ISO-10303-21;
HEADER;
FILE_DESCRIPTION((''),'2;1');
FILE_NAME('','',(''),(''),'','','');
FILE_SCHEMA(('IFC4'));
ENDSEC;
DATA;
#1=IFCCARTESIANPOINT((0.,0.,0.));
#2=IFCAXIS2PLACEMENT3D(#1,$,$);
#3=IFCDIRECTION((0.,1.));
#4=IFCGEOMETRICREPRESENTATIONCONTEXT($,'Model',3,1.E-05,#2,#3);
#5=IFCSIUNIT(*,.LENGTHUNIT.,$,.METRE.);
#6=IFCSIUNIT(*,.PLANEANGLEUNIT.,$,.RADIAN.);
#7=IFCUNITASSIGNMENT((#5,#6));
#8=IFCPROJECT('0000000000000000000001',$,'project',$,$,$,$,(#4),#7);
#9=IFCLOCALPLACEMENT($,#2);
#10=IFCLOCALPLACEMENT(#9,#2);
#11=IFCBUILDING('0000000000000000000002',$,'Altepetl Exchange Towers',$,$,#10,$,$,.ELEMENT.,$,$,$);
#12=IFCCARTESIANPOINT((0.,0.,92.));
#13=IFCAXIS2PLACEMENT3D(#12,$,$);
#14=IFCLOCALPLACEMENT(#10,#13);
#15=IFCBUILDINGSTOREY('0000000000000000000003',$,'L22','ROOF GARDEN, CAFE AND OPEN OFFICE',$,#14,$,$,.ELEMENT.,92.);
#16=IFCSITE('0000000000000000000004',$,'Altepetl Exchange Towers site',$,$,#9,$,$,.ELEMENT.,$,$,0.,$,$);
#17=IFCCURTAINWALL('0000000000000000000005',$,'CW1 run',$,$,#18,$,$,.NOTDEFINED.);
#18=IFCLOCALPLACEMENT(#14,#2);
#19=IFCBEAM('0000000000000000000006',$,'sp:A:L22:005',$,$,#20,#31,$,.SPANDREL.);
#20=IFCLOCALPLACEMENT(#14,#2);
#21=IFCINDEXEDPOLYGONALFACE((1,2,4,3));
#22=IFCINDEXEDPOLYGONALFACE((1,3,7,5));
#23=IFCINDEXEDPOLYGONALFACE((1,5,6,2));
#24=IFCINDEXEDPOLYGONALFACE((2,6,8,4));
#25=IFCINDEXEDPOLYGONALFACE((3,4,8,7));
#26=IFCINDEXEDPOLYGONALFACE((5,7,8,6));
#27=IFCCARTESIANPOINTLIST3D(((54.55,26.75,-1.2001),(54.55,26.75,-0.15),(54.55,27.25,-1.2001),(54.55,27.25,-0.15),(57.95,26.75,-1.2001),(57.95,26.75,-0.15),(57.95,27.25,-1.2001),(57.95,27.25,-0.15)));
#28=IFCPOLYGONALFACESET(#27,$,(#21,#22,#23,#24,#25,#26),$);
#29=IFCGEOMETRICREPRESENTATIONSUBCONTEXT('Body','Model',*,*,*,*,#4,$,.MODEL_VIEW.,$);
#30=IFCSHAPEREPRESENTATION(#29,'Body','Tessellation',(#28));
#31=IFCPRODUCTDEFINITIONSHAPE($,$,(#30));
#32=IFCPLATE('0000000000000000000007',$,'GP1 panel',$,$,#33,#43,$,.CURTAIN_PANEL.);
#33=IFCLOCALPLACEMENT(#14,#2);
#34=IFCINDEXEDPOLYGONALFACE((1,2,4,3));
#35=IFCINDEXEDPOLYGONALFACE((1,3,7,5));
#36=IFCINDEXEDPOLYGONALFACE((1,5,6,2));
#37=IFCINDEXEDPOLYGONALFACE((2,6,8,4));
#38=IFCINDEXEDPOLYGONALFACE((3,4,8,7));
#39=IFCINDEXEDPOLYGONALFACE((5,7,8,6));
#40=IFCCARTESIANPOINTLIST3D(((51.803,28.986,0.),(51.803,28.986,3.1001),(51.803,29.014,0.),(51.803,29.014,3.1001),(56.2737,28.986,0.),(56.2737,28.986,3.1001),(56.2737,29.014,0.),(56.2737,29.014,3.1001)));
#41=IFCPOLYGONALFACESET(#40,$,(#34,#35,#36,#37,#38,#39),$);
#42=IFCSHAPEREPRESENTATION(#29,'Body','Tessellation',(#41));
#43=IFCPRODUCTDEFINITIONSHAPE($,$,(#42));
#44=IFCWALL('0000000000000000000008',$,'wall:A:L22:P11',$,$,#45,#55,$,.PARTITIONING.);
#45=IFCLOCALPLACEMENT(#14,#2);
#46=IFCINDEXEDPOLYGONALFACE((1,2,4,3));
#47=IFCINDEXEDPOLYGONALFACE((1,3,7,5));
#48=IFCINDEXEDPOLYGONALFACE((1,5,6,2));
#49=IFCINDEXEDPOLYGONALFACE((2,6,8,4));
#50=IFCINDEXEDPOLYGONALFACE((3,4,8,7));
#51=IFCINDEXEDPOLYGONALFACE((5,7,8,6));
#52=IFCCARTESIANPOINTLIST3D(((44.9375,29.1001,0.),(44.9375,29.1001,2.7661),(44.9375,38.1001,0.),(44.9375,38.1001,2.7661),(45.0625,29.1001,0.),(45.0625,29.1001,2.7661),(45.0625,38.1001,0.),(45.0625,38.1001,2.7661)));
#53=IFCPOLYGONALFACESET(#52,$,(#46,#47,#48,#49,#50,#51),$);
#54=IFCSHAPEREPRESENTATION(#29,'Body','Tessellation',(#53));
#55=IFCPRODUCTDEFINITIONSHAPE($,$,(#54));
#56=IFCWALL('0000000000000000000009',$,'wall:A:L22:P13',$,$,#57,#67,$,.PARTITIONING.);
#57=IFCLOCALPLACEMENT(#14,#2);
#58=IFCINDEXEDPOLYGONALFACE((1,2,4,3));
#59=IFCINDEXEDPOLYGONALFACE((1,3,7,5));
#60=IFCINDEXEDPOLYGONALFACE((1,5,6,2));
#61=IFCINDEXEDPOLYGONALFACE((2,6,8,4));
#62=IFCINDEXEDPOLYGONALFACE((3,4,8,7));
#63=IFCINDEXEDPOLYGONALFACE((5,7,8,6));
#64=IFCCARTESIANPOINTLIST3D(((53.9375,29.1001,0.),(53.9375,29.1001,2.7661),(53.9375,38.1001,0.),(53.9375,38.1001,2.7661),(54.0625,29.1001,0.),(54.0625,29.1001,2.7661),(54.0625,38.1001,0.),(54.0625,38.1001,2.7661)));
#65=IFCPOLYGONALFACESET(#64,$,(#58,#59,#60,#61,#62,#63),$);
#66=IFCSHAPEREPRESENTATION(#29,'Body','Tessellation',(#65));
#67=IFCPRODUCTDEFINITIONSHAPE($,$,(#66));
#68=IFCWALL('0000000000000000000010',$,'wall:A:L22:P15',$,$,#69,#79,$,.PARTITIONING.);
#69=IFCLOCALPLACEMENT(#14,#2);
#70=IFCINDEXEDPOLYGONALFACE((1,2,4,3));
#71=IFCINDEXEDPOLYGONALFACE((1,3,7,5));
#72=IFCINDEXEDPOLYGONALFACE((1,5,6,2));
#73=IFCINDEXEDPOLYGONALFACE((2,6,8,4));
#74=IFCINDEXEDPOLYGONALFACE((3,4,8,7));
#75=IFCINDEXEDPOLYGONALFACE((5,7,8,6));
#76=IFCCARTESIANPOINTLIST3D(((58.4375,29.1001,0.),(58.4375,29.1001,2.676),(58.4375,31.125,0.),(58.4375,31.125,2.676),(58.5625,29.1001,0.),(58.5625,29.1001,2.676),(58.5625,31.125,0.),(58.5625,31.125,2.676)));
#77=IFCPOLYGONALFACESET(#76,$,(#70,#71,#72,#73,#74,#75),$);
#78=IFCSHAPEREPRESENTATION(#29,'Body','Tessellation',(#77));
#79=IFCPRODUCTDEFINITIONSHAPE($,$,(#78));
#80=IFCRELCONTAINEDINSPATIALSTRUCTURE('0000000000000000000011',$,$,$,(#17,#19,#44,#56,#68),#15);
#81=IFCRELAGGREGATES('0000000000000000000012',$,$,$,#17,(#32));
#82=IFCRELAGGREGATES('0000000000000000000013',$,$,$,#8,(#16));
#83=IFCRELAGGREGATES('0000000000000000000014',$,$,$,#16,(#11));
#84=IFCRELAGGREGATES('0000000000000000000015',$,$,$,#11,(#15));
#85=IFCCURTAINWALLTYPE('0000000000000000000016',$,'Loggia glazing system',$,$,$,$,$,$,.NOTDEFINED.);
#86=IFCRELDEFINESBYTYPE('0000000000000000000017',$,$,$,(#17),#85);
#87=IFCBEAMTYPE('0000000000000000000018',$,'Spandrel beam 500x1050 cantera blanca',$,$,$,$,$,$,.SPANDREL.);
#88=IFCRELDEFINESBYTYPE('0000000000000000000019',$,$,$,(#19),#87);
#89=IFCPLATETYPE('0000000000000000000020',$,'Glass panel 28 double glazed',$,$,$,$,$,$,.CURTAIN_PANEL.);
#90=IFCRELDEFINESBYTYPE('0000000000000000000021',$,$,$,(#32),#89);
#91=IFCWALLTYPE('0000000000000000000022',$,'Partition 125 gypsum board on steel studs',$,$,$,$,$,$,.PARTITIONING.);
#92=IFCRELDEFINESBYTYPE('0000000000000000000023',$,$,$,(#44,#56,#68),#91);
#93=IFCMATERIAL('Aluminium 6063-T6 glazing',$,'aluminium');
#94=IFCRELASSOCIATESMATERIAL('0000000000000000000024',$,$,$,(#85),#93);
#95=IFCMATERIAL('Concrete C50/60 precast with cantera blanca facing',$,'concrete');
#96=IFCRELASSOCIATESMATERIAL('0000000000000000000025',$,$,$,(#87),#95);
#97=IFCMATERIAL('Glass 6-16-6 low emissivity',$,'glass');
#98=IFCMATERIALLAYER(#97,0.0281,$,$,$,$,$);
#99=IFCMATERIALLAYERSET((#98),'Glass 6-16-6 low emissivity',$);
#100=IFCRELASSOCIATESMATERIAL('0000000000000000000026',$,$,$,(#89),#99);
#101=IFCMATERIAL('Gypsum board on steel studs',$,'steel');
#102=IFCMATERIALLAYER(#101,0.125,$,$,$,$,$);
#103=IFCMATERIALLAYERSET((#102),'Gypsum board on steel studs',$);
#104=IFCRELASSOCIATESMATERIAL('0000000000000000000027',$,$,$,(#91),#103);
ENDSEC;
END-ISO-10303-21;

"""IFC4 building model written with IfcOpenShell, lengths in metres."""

from ifc_helpers import new_model, si_unit, direction, frame, frame_2d, origin, origin_2d, place, context, subcontext, project, spatial, rectangle, extrude, material, layer, layer_set, material_profile, profile_set, type_object, element, aggregate, save


model = new_model("IFC4")

# Units and contexts
model_context = context("Model", 3, precision=1e-05, world=origin(), true_north=direction((0.0, 1.0)))
body_context = subcontext(model_context, "Body", "Model", "MODEL_VIEW")
ifc_project = project(units=[si_unit("LENGTHUNIT", "METRE"), si_unit("PLANEANGLEUNIT", "RADIAN")], contexts=[model_context])

# Site, building, storey
site_placement = place(None, origin())
site = spatial("IfcSite", under=ifc_project, at=site_placement, Name="Altepetl Exchange Towers site", CompositionType="ELEMENT", RefElevation=0.0)
building_placement = place(site_placement, origin())
building = spatial("IfcBuilding", under=site, at=building_placement, Name="Altepetl Exchange Towers", CompositionType="ELEMENT")
storey_placement = place(building_placement, frame((0.0, 0.0, 92.0)))
storey = spatial("IfcBuildingStorey", under=building, at=storey_placement, Name="L22", Description="ROOF GARDEN, CAFE AND OPEN OFFICE", CompositionType="ELEMENT", Elevation=92.0)

# Shared definitions
ifc_material_1 = material(Name="Aluminium 6063-T6 glazing", Category="aluminium")
curtain_wall_type = type_object("IfcCurtainWallType", Name="Loggia glazing system", PredefinedType="NOTDEFINED", material=ifc_material_1)

# Curtain wall
curtain_wall_1_placement = place(storey_placement, origin())
curtain_wall_1 = element("IfcCurtainWall", 1, at=curtain_wall_1_placement, inside=storey, type_object=curtain_wall_type, Name="CW1 run", PredefinedType="NOTDEFINED")

# Beam
ifc_material_2 = material(Name="Concrete C50/60 precast with cantera blanca facing", Category="concrete")
ifc_material_profile_1 = material_profile(ifc_material_2, rectangle(XDim=0.5, YDim=1.05, at=origin_2d()), Name="500 x 1050")
ifc_profile_set_1 = profile_set([ifc_material_profile_1], Name="Concrete C50/60 precast with cantera blanca facing")
beam_type_1 = type_object("IfcBeamType", Name="Spandrel beam 500x1050 cantera blanca", PredefinedType="SPANDREL", material=ifc_profile_set_1)
for number, where, z_axis, x_axis, name in (
    (2, (54.55, 27.0, -0.675), (1.0, 0.0, 0.0), (0.0, 1.0, 0.0), "sp:A:L22:005"),
):
    element("IfcBeam", number, at=place(storey_placement, frame(where, z_axis=z_axis, x_axis=x_axis)), inside=storey, type_object=beam_type_1, Name=name, PredefinedType="SPANDREL", context=body_context, shape_type="SweptSolid", body=[
        extrude(rectangle(XDim=0.5, YDim=1.05, at=origin_2d()), origin(), (0.0, 0.0, 1.0), 3.3999),
    ])

# Plate
ifc_material_3 = material(Name="Glass 6-16-6 low emissivity", Category="glass")
ifc_layer_1 = layer(ifc_material_3, 0.0281)
ifc_layer_set_1 = layer_set([ifc_layer_1], Name="Glass 6-16-6 low emissivity")
plate_type = type_object("IfcPlateType", Name="Glass panel 28 double glazed", PredefinedType="CURTAIN_PANEL", material=ifc_layer_set_1)
plate_placement = place(storey_placement, frame((54.0383, 29.0, 0.0)))
plate = element("IfcPlate", 3, at=plate_placement, type_object=plate_type, Name="GP1 panel", PredefinedType="CURTAIN_PANEL", context=body_context, shape_type="SweptSolid", body=[
    extrude(rectangle(XDim=4.4707, YDim=0.0281, at=origin_2d()), origin(), (0.0, 0.0, 1.0), 3.1001),
])
aggregate(curtain_wall_1, [plate])

# Walls
ifc_material_4 = material(Name="Gypsum board on steel studs", Category="steel")
ifc_layer_2 = layer(ifc_material_4, 0.125)
ifc_layer_set_2 = layer_set([ifc_layer_2], Name="Gypsum board on steel studs")
wall_type_1 = type_object("IfcWallType", Name="Partition 125 gypsum board on steel studs", PredefinedType="PARTITIONING", material=ifc_layer_set_2)
for number, where, z_axis, x_axis, name in (
    (4, (45.0, 29.1001, 0.0), (0.0, 0.0, 1.0), (0.0, 1.0, 0.0), "wall:A:L22:P11"),
    (5, (54.0, 29.1001, 0.0), (0.0, 0.0, 1.0), (0.0, 1.0, 0.0), "wall:A:L22:P13"),
):
    element("IfcWall", number, at=place(storey_placement, frame(where, z_axis=z_axis, x_axis=x_axis)), inside=storey, type_object=wall_type_1, Name=name, PredefinedType="PARTITIONING", context=body_context, shape_type="SweptSolid", body=[
        extrude(rectangle(XDim=9.0, YDim=0.125, at=frame_2d((4.5, 0.0))), origin(), (0.0, 0.0, 1.0), 2.7661),
    ])
wall_1_placement = place(storey_placement, frame((58.5, 29.1001, 0.0), z_axis=(0.0, 0.0, 1.0), x_axis=(0.0, 1.0, 0.0)))
element("IfcWall", 6, at=wall_1_placement, inside=storey, type_object=wall_type_1, Name="wall:A:L22:P15", PredefinedType="PARTITIONING", context=body_context, shape_type="SweptSolid", body=[
    extrude(rectangle(XDim=2.0249, YDim=0.125, at=frame_2d((1.0125, 0.0))), origin(), (0.0, 0.0, 1.0), 2.676),
])

save(model, "model.ifc")
